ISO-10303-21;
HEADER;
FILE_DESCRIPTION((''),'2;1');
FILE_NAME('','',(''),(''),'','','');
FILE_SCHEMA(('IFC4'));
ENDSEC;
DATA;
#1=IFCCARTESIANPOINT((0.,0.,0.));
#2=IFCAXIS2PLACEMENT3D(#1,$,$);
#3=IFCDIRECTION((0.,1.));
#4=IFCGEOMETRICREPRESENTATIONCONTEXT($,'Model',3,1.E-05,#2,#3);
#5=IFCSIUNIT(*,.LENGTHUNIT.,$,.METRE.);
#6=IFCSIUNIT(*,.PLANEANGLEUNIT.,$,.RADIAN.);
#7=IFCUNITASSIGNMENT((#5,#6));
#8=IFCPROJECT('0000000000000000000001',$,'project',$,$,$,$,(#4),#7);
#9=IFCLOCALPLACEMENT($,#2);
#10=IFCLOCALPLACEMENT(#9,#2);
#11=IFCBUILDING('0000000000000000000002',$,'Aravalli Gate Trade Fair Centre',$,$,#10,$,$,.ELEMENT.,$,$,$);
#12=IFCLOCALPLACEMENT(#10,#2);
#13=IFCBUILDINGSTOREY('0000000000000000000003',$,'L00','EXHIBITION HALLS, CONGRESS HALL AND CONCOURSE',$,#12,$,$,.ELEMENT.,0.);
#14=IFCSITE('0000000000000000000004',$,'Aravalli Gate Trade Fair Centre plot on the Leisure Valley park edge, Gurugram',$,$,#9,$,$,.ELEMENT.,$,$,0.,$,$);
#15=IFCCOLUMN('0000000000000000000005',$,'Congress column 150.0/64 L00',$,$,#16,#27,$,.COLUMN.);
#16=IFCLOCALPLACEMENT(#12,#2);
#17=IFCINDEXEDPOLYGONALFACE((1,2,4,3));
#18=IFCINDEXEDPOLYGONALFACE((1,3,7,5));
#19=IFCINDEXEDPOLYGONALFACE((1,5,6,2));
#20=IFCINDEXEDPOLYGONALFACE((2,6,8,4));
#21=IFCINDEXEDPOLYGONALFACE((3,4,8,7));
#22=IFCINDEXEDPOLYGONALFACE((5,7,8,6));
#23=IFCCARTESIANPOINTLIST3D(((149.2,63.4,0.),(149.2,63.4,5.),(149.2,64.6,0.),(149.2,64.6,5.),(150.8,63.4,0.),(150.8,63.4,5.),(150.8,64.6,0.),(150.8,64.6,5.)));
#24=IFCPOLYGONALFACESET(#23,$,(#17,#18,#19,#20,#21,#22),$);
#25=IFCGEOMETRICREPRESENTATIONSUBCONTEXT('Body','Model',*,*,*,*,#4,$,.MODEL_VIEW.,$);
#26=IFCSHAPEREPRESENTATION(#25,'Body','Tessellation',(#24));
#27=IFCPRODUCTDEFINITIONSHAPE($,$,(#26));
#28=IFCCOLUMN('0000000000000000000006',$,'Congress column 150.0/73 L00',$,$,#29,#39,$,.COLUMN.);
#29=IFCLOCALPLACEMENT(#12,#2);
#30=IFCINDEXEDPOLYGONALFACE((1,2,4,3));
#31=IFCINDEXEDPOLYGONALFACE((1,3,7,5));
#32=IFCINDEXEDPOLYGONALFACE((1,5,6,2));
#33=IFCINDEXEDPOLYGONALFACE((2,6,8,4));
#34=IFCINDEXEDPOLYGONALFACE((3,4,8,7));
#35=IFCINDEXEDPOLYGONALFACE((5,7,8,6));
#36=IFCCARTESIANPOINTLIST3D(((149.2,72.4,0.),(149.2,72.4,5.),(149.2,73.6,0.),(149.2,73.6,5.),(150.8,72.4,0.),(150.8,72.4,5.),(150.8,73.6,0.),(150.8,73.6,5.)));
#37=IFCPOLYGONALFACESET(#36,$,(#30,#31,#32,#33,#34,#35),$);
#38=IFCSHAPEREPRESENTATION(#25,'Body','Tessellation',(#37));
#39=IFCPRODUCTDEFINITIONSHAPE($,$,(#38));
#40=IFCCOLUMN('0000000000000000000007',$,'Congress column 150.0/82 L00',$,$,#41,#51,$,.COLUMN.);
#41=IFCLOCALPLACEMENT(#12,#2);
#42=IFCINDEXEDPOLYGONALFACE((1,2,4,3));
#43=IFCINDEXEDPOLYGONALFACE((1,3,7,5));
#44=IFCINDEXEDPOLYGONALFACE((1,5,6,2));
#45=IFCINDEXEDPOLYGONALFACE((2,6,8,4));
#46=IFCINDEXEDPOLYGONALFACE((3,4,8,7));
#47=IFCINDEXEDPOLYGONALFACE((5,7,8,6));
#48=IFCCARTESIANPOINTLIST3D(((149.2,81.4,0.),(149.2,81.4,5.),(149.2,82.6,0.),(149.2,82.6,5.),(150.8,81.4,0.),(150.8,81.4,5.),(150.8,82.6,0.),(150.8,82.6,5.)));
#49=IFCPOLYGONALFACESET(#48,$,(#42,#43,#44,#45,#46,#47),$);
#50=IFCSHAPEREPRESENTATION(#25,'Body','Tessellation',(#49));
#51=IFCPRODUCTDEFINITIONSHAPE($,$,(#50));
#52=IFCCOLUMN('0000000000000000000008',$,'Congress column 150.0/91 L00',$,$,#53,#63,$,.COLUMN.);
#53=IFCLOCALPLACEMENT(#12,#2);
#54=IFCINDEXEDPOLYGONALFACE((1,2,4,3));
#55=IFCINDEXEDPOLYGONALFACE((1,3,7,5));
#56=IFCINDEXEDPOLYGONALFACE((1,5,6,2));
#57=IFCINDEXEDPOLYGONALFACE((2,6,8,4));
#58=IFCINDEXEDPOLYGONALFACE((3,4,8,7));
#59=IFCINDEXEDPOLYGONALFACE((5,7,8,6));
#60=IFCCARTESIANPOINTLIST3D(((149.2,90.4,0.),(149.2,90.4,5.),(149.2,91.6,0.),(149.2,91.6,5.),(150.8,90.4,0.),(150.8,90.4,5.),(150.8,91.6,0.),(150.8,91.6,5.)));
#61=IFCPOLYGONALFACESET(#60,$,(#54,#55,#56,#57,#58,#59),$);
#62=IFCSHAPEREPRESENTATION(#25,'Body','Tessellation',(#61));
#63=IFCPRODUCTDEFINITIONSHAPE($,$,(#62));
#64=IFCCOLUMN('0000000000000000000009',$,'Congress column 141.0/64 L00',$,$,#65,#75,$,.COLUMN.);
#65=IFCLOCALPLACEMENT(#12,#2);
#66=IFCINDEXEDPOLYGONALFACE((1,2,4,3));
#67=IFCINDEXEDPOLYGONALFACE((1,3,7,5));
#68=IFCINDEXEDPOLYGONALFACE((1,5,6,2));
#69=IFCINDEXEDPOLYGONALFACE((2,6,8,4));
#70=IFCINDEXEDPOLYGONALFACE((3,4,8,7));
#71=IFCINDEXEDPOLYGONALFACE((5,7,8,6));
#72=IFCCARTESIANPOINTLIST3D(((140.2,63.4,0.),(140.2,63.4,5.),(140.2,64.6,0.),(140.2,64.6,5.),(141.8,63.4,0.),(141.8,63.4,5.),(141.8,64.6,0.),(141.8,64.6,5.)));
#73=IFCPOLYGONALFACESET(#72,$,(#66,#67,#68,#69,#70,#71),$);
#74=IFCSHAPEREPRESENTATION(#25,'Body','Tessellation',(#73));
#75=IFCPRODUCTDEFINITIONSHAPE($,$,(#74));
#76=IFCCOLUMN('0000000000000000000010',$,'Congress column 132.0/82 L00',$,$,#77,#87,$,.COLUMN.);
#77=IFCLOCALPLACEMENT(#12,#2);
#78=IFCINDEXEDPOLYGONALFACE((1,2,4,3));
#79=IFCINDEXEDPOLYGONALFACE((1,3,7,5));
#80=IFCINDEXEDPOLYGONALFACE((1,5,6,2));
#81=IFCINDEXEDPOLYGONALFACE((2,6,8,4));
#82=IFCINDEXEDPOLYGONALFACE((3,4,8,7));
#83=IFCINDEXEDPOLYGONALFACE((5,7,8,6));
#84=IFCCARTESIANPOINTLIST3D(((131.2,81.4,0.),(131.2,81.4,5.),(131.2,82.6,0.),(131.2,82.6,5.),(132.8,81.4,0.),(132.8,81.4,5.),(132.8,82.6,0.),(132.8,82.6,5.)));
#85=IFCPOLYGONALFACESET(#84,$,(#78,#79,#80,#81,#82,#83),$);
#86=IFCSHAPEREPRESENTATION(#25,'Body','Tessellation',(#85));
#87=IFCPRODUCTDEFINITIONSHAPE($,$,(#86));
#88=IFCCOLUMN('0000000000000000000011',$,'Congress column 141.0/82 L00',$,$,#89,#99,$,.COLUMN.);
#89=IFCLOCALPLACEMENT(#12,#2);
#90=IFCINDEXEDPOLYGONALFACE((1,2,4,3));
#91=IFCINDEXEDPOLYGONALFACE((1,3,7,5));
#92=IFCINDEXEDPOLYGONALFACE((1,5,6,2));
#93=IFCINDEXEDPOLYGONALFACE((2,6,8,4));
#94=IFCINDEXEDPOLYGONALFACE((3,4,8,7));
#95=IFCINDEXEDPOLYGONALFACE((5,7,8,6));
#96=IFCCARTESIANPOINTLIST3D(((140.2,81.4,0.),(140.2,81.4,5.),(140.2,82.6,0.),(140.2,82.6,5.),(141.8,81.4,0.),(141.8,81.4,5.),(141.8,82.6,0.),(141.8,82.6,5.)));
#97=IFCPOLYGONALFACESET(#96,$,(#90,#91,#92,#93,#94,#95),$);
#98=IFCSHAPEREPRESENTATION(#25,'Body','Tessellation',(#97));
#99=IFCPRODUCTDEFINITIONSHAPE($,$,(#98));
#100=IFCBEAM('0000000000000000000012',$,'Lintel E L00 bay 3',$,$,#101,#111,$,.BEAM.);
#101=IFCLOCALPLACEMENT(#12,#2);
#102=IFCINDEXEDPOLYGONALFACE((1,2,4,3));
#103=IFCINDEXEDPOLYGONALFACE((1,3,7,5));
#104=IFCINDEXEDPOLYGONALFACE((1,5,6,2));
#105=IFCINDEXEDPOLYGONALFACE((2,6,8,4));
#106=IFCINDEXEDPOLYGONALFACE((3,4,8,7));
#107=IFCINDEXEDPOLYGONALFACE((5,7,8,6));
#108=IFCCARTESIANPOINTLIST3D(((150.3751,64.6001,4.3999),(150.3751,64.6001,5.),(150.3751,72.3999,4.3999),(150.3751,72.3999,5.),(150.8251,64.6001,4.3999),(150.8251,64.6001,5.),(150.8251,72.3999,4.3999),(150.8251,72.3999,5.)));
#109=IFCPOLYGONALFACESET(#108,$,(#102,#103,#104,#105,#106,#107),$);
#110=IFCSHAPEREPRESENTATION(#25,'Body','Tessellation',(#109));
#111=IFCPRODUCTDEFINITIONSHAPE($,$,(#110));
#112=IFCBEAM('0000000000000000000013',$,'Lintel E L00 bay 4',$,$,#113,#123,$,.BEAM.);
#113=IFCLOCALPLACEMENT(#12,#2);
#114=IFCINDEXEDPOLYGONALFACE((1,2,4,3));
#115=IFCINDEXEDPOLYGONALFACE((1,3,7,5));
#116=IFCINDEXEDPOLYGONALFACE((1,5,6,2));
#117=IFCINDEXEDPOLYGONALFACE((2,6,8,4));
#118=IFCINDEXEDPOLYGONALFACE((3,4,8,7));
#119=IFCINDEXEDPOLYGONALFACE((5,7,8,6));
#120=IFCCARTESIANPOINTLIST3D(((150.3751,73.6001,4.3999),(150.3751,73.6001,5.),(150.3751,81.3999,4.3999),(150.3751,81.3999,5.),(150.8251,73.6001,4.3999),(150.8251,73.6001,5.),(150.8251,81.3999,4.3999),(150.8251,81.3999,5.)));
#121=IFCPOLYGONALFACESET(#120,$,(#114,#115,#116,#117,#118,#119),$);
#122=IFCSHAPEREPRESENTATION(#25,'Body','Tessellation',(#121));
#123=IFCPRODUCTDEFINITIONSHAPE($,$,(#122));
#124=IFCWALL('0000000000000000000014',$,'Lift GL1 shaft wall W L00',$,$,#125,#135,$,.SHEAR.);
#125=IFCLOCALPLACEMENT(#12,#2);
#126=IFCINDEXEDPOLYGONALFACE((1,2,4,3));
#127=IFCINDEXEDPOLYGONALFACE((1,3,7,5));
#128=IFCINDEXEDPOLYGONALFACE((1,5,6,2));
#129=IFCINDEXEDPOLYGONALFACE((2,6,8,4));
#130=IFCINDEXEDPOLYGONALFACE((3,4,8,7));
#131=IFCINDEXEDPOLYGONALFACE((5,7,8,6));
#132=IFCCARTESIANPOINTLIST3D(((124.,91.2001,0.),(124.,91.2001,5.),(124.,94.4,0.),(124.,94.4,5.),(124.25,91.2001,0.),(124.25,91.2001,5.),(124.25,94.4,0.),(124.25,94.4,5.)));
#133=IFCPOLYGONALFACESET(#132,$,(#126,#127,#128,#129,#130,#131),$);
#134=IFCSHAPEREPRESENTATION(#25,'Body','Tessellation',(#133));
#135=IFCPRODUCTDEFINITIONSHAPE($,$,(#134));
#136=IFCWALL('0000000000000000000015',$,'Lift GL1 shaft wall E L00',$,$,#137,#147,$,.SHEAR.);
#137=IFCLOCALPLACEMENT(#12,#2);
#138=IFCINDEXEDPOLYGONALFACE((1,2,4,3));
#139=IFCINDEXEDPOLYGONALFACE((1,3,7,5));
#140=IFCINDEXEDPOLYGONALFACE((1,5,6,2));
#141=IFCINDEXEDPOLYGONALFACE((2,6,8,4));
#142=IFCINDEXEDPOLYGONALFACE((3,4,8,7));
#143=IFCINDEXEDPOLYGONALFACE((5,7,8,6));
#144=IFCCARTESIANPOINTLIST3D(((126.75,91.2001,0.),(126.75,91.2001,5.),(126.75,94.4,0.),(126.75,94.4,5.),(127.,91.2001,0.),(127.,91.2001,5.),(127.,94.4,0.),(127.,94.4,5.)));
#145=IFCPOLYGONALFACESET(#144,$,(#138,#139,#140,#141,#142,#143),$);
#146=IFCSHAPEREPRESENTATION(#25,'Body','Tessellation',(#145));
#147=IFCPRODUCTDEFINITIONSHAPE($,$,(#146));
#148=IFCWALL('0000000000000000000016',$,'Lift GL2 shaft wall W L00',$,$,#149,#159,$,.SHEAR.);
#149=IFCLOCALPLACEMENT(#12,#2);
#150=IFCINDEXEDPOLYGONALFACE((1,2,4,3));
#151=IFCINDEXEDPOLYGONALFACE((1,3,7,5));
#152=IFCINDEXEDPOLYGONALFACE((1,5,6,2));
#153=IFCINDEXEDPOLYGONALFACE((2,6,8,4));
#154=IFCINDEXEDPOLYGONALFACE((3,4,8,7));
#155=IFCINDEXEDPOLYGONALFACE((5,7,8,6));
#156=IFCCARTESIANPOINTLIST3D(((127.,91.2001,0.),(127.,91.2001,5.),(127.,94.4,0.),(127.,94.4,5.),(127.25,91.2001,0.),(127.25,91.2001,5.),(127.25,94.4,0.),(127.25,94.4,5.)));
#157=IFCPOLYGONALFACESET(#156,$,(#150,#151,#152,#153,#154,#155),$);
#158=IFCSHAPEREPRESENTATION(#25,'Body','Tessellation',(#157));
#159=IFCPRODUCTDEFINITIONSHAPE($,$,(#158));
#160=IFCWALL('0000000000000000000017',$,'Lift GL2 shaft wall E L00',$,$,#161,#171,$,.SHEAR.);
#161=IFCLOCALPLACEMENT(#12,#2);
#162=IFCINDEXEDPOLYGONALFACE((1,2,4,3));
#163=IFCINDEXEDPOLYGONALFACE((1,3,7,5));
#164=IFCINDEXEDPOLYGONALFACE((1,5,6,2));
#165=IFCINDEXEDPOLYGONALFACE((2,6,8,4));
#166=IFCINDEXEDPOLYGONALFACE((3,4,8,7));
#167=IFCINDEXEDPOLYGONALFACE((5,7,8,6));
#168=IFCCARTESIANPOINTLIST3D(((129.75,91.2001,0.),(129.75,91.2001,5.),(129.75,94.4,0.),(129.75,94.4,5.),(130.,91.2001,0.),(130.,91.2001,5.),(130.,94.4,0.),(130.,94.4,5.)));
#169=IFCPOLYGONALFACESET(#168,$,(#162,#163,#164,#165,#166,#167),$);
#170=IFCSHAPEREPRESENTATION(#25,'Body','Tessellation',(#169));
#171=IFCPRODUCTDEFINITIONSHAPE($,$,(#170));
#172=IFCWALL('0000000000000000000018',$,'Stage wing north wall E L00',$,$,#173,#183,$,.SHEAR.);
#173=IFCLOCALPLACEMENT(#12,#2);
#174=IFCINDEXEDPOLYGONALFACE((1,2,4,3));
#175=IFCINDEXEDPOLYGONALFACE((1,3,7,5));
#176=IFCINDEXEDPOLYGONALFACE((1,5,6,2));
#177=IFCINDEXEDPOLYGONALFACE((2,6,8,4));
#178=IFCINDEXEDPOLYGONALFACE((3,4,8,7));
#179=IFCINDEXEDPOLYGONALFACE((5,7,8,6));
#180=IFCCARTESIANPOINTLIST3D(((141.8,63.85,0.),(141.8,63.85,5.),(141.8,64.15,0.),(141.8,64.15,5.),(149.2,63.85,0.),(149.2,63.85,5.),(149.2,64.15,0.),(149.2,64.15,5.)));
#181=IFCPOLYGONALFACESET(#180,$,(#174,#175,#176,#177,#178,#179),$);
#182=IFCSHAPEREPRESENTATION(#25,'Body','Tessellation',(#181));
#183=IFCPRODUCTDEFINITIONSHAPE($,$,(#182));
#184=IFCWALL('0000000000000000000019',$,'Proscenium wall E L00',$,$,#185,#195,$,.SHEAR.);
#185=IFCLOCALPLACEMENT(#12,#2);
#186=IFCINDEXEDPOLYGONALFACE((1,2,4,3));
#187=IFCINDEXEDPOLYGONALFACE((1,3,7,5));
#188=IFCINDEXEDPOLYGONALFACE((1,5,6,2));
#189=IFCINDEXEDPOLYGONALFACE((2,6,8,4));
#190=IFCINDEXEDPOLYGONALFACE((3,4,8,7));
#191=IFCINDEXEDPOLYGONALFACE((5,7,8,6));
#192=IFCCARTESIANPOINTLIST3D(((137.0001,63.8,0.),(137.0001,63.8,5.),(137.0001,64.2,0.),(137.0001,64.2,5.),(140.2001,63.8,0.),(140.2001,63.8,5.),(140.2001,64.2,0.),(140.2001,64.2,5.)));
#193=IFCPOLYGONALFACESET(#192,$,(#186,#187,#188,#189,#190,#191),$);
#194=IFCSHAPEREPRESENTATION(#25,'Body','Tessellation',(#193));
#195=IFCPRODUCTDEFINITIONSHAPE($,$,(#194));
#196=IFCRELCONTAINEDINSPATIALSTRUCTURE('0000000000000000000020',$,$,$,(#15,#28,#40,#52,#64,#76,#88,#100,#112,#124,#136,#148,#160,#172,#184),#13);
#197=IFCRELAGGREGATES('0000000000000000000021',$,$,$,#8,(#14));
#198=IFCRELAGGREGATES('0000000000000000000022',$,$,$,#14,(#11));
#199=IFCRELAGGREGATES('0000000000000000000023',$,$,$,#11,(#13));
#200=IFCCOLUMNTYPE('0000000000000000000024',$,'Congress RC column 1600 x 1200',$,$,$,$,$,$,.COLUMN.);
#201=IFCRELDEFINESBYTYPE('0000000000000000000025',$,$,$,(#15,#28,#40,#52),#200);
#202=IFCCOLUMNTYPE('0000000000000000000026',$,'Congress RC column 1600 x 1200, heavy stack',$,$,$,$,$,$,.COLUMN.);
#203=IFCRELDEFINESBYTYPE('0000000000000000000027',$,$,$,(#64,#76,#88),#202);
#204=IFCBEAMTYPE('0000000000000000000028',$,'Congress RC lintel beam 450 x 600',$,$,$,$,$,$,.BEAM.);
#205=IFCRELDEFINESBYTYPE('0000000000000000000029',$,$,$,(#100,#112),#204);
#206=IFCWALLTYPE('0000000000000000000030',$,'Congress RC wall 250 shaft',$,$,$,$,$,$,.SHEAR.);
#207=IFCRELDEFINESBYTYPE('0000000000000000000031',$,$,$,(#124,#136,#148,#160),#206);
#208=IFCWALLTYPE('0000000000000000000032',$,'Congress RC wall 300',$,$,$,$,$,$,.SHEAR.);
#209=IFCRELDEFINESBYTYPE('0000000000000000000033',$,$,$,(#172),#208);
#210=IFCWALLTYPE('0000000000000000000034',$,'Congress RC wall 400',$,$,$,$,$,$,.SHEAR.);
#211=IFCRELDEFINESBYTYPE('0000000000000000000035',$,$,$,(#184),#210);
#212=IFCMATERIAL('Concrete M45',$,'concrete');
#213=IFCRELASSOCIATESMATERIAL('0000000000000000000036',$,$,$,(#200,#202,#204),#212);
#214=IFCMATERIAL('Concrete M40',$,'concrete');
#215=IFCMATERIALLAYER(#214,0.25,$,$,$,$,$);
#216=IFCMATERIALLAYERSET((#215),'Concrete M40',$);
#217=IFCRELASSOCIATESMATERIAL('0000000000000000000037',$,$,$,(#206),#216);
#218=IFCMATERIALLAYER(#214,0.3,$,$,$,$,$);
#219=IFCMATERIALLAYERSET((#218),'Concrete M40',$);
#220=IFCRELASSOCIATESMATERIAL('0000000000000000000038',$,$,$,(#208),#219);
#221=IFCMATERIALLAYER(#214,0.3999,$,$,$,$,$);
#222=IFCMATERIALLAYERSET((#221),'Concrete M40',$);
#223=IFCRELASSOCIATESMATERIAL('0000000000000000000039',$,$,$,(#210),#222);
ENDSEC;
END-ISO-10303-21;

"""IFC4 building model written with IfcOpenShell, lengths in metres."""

from ifc_helpers import new_model, si_unit, direction, frame, frame_2d, origin, origin_2d, place, context, subcontext, project, spatial, rectangle, extrude, material, layer, layer_set, material_profile, profile_set, type_object, element, save


model = new_model("IFC4")

# Units and contexts
model_context = context("Model", 3, precision=1e-05, world=origin(), true_north=direction((0.0, 1.0)))
body_context = subcontext(model_context, "Body", "Model", "MODEL_VIEW")
ifc_project = project(units=[si_unit("LENGTHUNIT", "METRE"), si_unit("PLANEANGLEUNIT", "RADIAN")], contexts=[model_context])

# Site, building, storey
site_placement = place(None, origin())
site = spatial("IfcSite", under=ifc_project, at=site_placement, Name="Aravalli Gate Trade Fair Centre plot on the Leisure Valley park edge, Gurugram", CompositionType="ELEMENT", RefElevation=0.0)
building_placement = place(site_placement, origin())
building = spatial("IfcBuilding", under=site, at=building_placement, Name="Aravalli Gate Trade Fair Centre", CompositionType="ELEMENT")
storey_placement = place(building_placement, origin())
storey = spatial("IfcBuildingStorey", under=building, at=storey_placement, Name="L00", Description="EXHIBITION HALLS, CONGRESS HALL AND CONCOURSE", CompositionType="ELEMENT", Elevation=0.0)

# Columns
ifc_material_1 = material(Name="Concrete M45", Category="concrete")
ifc_material_profile_1 = material_profile(ifc_material_1, rectangle(XDim=1.6001, YDim=1.2, at=origin_2d()), Name="RC 1600x1200")
ifc_profile_set_1 = profile_set([ifc_material_profile_1], Name="Concrete M45")
column_type_1 = type_object("IfcColumnType", Name="Congress RC column 1600 x 1200", PredefinedType="COLUMN", material=ifc_profile_set_1)
for number, where, z_axis, x_axis, name in (
    (1, (150.0, 64.0, 0.0), (0.0, 0.0, 1.0), (1.0, 0.0, 0.0), "Congress column 150.0/64 L00"),
    (2, (150.0, 73.0, 0.0), (0.0, 0.0, 1.0), (1.0, 0.0, 0.0), "Congress column 150.0/73 L00"),
    (3, (150.0, 82.0, 0.0), (0.0, 0.0, 1.0), (1.0, 0.0, 0.0), "Congress column 150.0/82 L00"),
    (4, (150.0, 91.0, 0.0), (0.0, 0.0, 1.0), (1.0, 0.0, 0.0), "Congress column 150.0/91 L00"),
):
    element("IfcColumn", number, at=place(storey_placement, frame(where, z_axis=z_axis, x_axis=x_axis)), inside=storey, type_object=column_type_1, Name=name, PredefinedType="COLUMN", context=body_context, shape_type="SweptSolid", body=[
        extrude(rectangle(XDim=1.6001, YDim=1.2, at=origin_2d()), origin(), (0.0, 0.0, 1.0), 5.0),
    ])
ifc_material_profile_2 = material_profile(ifc_material_1, rectangle(XDim=1.6001, YDim=1.2, at=origin_2d()), Name="RC 1600x1200")
ifc_profile_set_2 = profile_set([ifc_material_profile_2], Name="Concrete M45")
column_type_2 = type_object("IfcColumnType", Name="Congress RC column 1600 x 1200, heavy stack", PredefinedType="COLUMN", material=ifc_profile_set_2)
for number, where, z_axis, x_axis, name in (
    (5, (141.0, 64.0, 0.0), (0.0, 0.0, 1.0), (1.0, 0.0, 0.0), "Congress column 141.0/64 L00"),
    (6, (132.0, 82.0, 0.0), (0.0, 0.0, 1.0), (1.0, 0.0, 0.0), "Congress column 132.0/82 L00"),
    (7, (141.0, 82.0, 0.0), (0.0, 0.0, 1.0), (1.0, 0.0, 0.0), "Congress column 141.0/82 L00"),
):
    element("IfcColumn", number, at=place(storey_placement, frame(where, z_axis=z_axis, x_axis=x_axis)), inside=storey, type_object=column_type_2, Name=name, PredefinedType="COLUMN", context=body_context, shape_type="SweptSolid", body=[
        extrude(rectangle(XDim=1.6001, YDim=1.2, at=origin_2d()), origin(), (0.0, 0.0, 1.0), 5.0),
    ])

# Beams
ifc_material_profile_3 = material_profile(ifc_material_1, rectangle(XDim=0.45, YDim=0.6001, at=origin_2d()), Name="RC 450x600")
ifc_profile_set_3 = profile_set([ifc_material_profile_3], Name="Concrete M45")
beam_type = type_object("IfcBeamType", Name="Congress RC lintel beam 450 x 600", PredefinedType="BEAM", material=ifc_profile_set_3)
for number, where, z_axis, x_axis, name in (
    (8, (150.6001, 64.6001, 4.7), (0.0, 1.0, 0.0), (-1.0, 0.0, 0.0), "Lintel E L00 bay 3"),
    (9, (150.6001, 73.6001, 4.7), (0.0, 1.0, 0.0), (-1.0, 0.0, 0.0), "Lintel E L00 bay 4"),
):
    element("IfcBeam", number, at=place(storey_placement, frame(where, z_axis=z_axis, x_axis=x_axis)), inside=storey, type_object=beam_type, Name=name, PredefinedType="BEAM", context=body_context, shape_type="SweptSolid", body=[
        extrude(rectangle(XDim=0.45, YDim=0.6001, at=origin_2d()), origin(), (0.0, 0.0, 1.0), 7.7998),
    ])

# Walls
ifc_material_2 = material(Name="Concrete M40", Category="concrete")
ifc_layer_1 = layer(ifc_material_2, 0.25)
ifc_layer_set_1 = layer_set([ifc_layer_1], Name="Concrete M40")
wall_type_1 = type_object("IfcWallType", Name="Congress RC wall 250 shaft", PredefinedType="SHEAR", material=ifc_layer_set_1)
for number, where, z_axis, x_axis, name in (
    (10, (124.125, 91.2, 0.0), (0.0, 0.0, 1.0), (0.0, 1.0, 0.0), "Lift GL1 shaft wall W L00"),
    (11, (126.875, 91.2, 0.0), (0.0, 0.0, 1.0), (0.0, 1.0, 0.0), "Lift GL1 shaft wall E L00"),
    (12, (127.125, 91.2, 0.0), (0.0, 0.0, 1.0), (0.0, 1.0, 0.0), "Lift GL2 shaft wall W L00"),
    (13, (129.875, 91.2, 0.0), (0.0, 0.0, 1.0), (0.0, 1.0, 0.0), "Lift GL2 shaft wall E L00"),
):
    element("IfcWall", number, at=place(storey_placement, frame(where, z_axis=z_axis, x_axis=x_axis)), inside=storey, type_object=wall_type_1, Name=name, PredefinedType="SHEAR", context=body_context, shape_type="SweptSolid", body=[
        extrude(rectangle(XDim=3.2, YDim=0.25, at=frame_2d((1.6001, 0.0))), origin(), (0.0, 0.0, 1.0), 5.0),
    ])
ifc_layer_2 = layer(ifc_material_2, 0.3)
ifc_layer_set_2 = layer_set([ifc_layer_2], Name="Concrete M40")
wall_type_2 = type_object("IfcWallType", Name="Congress RC wall 300", PredefinedType="SHEAR", material=ifc_layer_set_2)
wall_1_placement = place(storey_placement, frame((141.8, 64.0, 0.0), z_axis=(0.0, 0.0, 1.0), x_axis=(1.0, 0.0, 0.0)))
element("IfcWall", 14, at=wall_1_placement, inside=storey, type_object=wall_type_2, Name="Stage wing north wall E L00", PredefinedType="SHEAR", context=body_context, shape_type="SweptSolid", body=[
    extrude(rectangle(XDim=7.3999, YDim=0.3, at=frame_2d((3.7, 0.0))), origin(), (0.0, 0.0, 1.0), 5.0),
])
ifc_layer_3 = layer(ifc_material_2, 0.3999)
ifc_layer_set_3 = layer_set([ifc_layer_3], Name="Concrete M40")
wall_type_3 = type_object("IfcWallType", Name="Congress RC wall 400", PredefinedType="SHEAR", material=ifc_layer_set_3)
wall_2_placement = place(storey_placement, frame((137.0, 64.0, 0.0), z_axis=(0.0, 0.0, 1.0), x_axis=(1.0, 0.0, 0.0)))
element("IfcWall", 15, at=wall_2_placement, inside=storey, type_object=wall_type_3, Name="Proscenium wall E L00", PredefinedType="SHEAR", context=body_context, shape_type="SweptSolid", body=[
    extrude(rectangle(XDim=3.2, YDim=0.3999, at=frame_2d((1.6001, 0.0))), origin(), (0.0, 0.0, 1.0), 5.0),
])

save(model, "model.ifc")
